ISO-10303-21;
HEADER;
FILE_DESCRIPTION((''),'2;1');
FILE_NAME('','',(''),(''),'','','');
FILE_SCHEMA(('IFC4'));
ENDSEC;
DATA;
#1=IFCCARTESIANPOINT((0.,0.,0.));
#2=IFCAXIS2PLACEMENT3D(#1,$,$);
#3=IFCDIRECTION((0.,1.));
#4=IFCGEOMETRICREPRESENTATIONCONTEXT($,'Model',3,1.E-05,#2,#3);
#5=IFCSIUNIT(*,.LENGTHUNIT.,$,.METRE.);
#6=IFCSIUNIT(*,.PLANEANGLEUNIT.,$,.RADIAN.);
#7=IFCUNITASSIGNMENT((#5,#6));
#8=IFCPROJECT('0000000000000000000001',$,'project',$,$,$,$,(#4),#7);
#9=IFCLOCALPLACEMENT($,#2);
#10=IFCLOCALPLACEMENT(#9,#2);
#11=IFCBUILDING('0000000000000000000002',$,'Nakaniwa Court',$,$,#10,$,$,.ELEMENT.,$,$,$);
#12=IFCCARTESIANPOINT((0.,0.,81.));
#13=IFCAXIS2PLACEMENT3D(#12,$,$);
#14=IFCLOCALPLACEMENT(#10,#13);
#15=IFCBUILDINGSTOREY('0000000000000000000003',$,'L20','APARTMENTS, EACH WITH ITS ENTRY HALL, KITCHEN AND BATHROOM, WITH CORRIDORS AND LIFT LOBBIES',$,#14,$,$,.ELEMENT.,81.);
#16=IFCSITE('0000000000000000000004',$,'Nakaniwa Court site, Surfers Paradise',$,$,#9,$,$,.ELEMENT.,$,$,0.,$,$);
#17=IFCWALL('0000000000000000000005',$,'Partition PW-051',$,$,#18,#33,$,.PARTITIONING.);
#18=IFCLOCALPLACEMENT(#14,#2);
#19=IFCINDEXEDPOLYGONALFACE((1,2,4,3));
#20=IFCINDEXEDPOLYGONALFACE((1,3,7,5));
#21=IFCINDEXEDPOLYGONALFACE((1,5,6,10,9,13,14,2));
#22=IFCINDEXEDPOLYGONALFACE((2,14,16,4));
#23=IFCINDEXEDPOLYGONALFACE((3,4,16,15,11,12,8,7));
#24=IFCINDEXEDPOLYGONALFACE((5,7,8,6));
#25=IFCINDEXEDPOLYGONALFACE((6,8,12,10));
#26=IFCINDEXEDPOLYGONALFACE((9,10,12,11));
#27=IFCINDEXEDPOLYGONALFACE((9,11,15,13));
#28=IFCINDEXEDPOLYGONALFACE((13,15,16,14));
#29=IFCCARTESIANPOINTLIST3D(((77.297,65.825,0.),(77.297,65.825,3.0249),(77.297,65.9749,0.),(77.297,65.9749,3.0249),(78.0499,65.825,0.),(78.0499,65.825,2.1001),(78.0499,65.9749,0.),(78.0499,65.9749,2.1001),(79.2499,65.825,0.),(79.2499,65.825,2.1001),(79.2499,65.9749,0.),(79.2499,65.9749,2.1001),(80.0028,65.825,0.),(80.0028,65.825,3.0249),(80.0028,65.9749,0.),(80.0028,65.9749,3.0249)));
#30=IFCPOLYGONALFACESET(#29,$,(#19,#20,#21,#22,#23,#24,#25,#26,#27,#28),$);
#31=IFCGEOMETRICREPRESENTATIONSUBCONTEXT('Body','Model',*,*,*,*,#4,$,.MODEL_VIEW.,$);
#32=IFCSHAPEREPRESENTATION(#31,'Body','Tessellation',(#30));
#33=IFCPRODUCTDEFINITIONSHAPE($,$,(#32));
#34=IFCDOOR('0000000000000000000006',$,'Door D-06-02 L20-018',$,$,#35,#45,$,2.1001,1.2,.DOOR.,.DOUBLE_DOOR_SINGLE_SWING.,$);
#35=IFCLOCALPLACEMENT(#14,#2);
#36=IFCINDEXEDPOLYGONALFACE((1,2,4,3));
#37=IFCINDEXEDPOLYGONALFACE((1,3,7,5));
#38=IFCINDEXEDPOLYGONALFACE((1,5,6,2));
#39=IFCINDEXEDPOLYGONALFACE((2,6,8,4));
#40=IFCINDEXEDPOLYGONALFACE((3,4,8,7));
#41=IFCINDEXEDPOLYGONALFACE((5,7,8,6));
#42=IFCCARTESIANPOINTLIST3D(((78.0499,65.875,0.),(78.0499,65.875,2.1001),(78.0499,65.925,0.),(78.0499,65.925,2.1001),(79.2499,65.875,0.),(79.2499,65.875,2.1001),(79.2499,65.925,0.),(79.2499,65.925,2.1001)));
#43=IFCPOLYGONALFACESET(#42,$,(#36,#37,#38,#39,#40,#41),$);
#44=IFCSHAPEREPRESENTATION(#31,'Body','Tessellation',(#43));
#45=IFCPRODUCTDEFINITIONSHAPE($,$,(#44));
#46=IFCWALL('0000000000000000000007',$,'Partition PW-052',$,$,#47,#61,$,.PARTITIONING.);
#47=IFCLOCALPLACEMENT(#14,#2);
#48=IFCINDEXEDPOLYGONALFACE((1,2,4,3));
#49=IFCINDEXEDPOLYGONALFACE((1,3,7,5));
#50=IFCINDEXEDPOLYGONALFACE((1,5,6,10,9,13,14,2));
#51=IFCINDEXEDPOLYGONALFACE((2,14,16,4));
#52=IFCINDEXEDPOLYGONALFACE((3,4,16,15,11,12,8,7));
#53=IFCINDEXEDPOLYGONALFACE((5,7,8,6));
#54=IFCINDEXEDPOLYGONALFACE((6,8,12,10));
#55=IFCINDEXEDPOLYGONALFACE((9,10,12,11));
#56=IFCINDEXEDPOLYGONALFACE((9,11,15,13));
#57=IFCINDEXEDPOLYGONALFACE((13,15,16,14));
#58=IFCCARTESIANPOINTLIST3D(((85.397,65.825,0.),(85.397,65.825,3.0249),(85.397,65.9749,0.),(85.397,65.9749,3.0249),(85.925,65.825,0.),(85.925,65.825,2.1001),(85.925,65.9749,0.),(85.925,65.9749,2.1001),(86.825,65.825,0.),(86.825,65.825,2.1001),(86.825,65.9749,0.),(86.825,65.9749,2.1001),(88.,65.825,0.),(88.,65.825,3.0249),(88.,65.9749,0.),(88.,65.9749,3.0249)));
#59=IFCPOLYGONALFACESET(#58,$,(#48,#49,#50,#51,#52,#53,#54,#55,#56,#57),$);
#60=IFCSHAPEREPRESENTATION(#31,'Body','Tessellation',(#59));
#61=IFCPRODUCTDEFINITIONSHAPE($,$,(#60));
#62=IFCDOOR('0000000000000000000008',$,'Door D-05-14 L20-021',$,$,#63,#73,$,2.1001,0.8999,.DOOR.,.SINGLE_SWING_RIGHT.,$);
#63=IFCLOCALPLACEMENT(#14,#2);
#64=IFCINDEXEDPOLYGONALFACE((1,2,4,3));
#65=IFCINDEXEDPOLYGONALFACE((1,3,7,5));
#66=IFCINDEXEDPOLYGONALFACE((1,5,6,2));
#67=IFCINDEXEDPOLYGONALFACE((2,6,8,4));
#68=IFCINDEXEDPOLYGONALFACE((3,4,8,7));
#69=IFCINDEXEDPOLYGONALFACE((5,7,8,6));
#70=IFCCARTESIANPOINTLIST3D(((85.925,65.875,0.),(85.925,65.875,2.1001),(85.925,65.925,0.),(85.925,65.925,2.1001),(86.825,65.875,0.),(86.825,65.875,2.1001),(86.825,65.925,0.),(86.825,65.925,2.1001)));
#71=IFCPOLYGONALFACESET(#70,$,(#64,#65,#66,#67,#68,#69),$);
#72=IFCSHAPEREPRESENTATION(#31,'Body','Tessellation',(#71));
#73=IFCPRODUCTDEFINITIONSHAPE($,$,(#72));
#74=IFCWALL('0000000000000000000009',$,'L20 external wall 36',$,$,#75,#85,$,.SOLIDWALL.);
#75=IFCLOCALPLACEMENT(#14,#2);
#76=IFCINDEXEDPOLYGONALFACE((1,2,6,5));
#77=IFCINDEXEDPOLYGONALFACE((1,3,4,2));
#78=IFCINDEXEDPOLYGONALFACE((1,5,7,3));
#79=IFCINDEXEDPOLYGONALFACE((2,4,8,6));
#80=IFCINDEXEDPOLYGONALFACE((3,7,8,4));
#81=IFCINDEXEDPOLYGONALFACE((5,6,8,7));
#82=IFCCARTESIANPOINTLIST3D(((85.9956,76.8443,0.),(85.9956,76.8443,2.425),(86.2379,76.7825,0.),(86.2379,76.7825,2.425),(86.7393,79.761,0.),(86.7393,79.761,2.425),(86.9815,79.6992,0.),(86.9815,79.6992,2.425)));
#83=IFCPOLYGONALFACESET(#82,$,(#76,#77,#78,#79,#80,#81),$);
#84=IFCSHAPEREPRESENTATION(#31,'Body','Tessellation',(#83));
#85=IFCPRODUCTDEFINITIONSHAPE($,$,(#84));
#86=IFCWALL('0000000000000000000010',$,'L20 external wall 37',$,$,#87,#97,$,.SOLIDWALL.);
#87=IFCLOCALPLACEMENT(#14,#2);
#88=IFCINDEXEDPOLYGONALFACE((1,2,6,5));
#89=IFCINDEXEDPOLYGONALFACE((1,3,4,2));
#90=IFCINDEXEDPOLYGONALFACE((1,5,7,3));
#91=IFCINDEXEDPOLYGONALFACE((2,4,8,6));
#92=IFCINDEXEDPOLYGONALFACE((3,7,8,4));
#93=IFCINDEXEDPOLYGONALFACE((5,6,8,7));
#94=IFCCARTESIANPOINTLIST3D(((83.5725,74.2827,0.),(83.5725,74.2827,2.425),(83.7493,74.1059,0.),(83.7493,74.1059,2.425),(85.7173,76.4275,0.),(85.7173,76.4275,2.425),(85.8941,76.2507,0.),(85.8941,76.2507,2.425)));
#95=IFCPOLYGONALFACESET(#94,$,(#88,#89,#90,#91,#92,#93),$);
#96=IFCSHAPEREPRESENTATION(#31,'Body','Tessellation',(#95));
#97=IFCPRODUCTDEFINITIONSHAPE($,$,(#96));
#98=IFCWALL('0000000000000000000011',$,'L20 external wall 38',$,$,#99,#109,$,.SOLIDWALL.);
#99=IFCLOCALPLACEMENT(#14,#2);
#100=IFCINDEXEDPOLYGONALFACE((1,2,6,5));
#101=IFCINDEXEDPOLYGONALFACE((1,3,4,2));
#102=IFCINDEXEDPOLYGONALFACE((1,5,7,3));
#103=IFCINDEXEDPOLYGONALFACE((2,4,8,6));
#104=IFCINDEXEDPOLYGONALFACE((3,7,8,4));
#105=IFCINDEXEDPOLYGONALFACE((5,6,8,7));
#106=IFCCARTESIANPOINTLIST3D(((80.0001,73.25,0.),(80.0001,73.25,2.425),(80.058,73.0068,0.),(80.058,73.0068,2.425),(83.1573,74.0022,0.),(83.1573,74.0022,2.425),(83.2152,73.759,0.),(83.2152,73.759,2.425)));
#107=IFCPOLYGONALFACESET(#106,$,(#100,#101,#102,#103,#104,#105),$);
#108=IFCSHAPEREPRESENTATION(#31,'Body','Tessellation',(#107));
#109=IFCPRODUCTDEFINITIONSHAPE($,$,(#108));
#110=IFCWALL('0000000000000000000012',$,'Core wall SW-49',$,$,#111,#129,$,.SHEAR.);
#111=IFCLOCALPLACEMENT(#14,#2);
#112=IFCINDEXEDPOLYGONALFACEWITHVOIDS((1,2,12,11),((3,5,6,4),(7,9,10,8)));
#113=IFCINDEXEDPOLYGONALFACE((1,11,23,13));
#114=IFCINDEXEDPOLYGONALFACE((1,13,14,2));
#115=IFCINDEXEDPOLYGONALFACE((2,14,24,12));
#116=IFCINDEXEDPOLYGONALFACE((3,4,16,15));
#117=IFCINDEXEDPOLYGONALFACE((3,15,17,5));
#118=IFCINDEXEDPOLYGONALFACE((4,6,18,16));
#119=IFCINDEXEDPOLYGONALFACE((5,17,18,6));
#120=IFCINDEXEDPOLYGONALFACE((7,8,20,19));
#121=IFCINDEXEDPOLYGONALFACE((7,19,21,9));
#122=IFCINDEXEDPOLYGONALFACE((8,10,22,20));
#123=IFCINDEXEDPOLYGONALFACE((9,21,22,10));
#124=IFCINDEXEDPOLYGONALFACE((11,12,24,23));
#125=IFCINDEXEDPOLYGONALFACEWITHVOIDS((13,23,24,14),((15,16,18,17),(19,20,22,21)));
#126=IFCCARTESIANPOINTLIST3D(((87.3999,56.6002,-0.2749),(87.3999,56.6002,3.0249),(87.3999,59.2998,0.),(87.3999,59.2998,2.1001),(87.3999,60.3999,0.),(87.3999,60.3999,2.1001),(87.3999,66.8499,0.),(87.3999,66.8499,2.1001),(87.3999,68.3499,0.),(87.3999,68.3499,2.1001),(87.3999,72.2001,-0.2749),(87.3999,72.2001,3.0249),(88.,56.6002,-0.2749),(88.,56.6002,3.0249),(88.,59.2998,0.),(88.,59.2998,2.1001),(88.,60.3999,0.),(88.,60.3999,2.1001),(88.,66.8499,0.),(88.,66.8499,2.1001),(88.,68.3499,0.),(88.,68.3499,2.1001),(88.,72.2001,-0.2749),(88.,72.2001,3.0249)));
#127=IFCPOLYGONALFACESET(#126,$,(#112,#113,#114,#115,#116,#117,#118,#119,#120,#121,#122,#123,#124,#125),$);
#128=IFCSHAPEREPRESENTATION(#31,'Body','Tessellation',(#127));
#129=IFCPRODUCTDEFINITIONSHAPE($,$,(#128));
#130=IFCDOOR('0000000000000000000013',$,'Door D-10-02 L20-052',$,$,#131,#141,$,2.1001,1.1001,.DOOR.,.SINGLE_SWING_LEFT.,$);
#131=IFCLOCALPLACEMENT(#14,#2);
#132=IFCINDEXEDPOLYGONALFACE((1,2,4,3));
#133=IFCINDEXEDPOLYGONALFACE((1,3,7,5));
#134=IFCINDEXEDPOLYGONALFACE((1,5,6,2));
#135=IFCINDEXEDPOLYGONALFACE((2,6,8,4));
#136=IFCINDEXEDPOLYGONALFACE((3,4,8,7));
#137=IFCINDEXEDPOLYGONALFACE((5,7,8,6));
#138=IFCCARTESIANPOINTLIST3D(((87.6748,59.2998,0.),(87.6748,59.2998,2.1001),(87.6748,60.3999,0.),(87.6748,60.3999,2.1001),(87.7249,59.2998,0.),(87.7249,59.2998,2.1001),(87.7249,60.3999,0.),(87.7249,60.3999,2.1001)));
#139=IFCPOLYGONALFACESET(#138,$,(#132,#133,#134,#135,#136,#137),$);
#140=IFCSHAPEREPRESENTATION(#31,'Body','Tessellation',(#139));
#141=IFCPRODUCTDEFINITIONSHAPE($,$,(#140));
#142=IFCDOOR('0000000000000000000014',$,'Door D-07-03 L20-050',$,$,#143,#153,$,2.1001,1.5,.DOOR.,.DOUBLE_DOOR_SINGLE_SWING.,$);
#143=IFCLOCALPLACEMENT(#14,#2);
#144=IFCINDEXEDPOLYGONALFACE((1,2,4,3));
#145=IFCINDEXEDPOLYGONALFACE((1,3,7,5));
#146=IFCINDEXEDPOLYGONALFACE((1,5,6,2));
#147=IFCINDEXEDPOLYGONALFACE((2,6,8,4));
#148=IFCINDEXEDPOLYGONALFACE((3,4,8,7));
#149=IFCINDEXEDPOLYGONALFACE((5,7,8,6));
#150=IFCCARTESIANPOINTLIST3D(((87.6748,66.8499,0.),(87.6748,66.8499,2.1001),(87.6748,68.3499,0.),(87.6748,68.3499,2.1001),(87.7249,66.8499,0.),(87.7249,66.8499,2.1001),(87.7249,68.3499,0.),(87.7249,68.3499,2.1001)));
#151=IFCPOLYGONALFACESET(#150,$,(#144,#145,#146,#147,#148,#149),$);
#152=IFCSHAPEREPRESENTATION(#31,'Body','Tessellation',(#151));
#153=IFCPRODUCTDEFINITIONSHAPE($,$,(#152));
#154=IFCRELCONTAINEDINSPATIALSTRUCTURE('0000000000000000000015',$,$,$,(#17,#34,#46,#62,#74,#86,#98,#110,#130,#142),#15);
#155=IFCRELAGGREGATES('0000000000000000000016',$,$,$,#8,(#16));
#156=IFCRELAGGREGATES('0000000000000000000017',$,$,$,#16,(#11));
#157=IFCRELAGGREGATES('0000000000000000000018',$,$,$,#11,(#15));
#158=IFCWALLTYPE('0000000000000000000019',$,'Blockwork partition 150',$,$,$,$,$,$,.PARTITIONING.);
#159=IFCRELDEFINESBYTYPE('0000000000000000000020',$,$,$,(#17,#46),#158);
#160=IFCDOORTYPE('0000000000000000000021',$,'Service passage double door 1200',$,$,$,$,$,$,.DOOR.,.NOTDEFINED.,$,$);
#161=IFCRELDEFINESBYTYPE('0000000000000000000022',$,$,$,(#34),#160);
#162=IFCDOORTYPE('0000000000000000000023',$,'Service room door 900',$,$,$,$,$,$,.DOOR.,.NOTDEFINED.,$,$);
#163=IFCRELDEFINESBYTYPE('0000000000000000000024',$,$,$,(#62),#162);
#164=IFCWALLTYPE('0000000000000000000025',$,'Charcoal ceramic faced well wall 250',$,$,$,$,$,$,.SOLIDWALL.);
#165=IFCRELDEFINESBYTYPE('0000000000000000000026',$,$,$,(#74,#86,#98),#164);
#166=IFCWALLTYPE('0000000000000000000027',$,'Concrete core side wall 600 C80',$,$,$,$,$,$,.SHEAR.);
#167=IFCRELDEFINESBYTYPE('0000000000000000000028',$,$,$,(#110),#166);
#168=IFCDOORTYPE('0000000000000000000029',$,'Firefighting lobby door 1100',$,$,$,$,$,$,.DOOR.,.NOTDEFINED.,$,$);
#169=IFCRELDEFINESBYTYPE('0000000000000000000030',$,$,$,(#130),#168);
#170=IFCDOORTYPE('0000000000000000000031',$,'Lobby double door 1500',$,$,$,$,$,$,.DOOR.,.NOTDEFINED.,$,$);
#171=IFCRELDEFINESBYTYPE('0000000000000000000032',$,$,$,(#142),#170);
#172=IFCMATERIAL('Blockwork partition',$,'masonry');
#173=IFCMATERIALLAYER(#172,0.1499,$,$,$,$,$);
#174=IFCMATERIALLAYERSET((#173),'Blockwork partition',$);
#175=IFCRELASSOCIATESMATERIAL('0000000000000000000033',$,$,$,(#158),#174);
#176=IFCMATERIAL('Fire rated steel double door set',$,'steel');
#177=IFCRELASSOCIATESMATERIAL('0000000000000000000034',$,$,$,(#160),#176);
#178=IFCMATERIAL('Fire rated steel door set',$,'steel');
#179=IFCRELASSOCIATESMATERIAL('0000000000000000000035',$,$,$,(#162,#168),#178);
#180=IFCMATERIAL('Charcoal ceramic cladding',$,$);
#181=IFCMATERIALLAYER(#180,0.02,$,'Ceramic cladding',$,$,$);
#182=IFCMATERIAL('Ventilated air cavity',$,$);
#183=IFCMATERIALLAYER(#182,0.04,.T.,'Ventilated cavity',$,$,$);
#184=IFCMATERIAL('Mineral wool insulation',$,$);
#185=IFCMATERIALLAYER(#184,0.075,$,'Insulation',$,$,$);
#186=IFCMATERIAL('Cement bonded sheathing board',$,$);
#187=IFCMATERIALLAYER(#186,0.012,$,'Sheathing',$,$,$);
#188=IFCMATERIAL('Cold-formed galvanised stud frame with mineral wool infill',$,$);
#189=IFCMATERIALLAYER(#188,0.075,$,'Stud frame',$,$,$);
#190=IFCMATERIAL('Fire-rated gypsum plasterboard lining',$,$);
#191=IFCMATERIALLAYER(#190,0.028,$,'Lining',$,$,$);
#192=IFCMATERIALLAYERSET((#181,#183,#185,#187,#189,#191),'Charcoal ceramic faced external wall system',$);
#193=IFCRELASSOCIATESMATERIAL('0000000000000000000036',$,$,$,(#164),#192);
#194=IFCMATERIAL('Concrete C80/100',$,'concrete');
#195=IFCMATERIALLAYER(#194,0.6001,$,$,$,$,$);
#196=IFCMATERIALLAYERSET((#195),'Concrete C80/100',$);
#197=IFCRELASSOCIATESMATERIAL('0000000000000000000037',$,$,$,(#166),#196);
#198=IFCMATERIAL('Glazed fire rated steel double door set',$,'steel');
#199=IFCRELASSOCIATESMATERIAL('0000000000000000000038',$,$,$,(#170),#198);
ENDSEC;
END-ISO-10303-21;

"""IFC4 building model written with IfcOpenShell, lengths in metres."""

from ifc_helpers import new_model, si_unit, direction, frame, frame_2d, origin, place, context, subcontext, project, spatial, rectangle, extrude, material, layer, layer_set, type_object, element, fill, save


model = new_model("IFC4")

# Units and contexts
model_context = context("Model", 3, precision=1e-05, world=origin(), true_north=direction((0.0, 1.0)))
body_context = subcontext(model_context, "Body", "Model", "MODEL_VIEW")
ifc_project = project(units=[si_unit("LENGTHUNIT", "METRE"), si_unit("PLANEANGLEUNIT", "RADIAN")], contexts=[model_context])

# Site, building, storey
site_placement = place(None, origin())
site = spatial("IfcSite", under=ifc_project, at=site_placement, Name="Nakaniwa Court site, Surfers Paradise", CompositionType="ELEMENT", RefElevation=0.0)
building_placement = place(site_placement, origin())
building = spatial("IfcBuilding", under=site, at=building_placement, Name="Nakaniwa Court", CompositionType="ELEMENT")
storey_placement = place(building_placement, frame((0.0, 0.0, 81.0)))
storey = spatial("IfcBuildingStorey", under=building, at=storey_placement, Name="L20", Description="APARTMENTS, EACH WITH ITS ENTRY HALL, KITCHEN AND BATHROOM, WITH CORRIDORS AND LIFT LOBBIES", CompositionType="ELEMENT", Elevation=81.0)

# Shared definitions
ifc_material_1 = material(Name="Concrete C80/100", Category="concrete")

# Walls, openings, doors
ifc_material_2 = material(Name="Blockwork partition", Category="masonry")
ifc_layer_1 = layer(ifc_material_2, 0.1499)
ifc_layer_set_1 = layer_set([ifc_layer_1], Name="Blockwork partition")
wall_type_1 = type_object("IfcWallType", Name="Blockwork partition 150", PredefinedType="PARTITIONING", material=ifc_layer_set_1)
wall_1_placement = place(storey_placement, frame((80.0029, 65.8999, 0.0), z_axis=(0.0, 0.0, 1.0), x_axis=(-1.0, 0.0, 0.0)))
wall_1 = element("IfcWall", 1, at=wall_1_placement, inside=storey, type_object=wall_type_1, Name="Partition PW-051", PredefinedType="PARTITIONING", context=body_context, shape_type="SweptSolid", body=[
    extrude(rectangle(XDim=2.7058, YDim=0.1499, at=frame_2d((1.353, 0.0))), origin(), (0.0, 0.0, 1.0), 3.0249),
])
opening_1_placement = place(wall_1_placement, frame((0.7529, 0.0, 0.0)))
opening_1 = element("IfcOpeningElement", 2, at=opening_1_placement, cuts=wall_1, PredefinedType="OPENING", context=body_context, shape_type="SweptSolid", body=[
    extrude(rectangle(XDim=1.2, YDim=2.1001, at=frame_2d((0.6001, 1.05))), frame((0.0, 0.085, 0.0), z_axis=(0.0, -1.0, 0.0), x_axis=(1.0, 0.0, 0.0)), (0.0, 0.0, 1.0), 0.1699),
])
ifc_material_3 = material(Name="Fire rated steel double door set", Category="steel")
door_type_1 = type_object("IfcDoorType", Name="Service passage double door 1200", OperationType="NOTDEFINED", PredefinedType="DOOR", material=ifc_material_3)
door_1_placement = place(opening_1_placement, origin())
door_1 = element("IfcDoor", 3, at=door_1_placement, inside=storey, type_object=door_type_1, Name="Door D-06-02 L20-018", OperationType="DOUBLE_DOOR_SINGLE_SWING", OverallHeight=2.1001, OverallWidth=1.2, PredefinedType="DOOR", context=body_context, shape_type="SweptSolid", body=[
    extrude(rectangle(XDim=1.2, YDim=2.1001, at=frame_2d((0.6001, 1.05))), frame((0.0, 0.0249, 0.0), z_axis=(0.0, -1.0, 0.0), x_axis=(1.0, 0.0, 0.0)), (0.0, 0.0, 1.0), 0.05),
])
fill(opening_1, door_1)
wall_2_placement = place(storey_placement, frame((88.0, 65.8999, 0.0), z_axis=(0.0, 0.0, 1.0), x_axis=(-1.0, 0.0, 0.0)))
wall_2 = element("IfcWall", 4, at=wall_2_placement, inside=storey, type_object=wall_type_1, Name="Partition PW-052", PredefinedType="PARTITIONING", context=body_context, shape_type="SweptSolid", body=[
    extrude(rectangle(XDim=2.603, YDim=0.1499, at=frame_2d((1.3015, 0.0))), origin(), (0.0, 0.0, 1.0), 3.0249),
])
opening_2_placement = place(wall_2_placement, frame((1.175, 0.0, 0.0)))
opening_2 = element("IfcOpeningElement", 5, at=opening_2_placement, cuts=wall_2, PredefinedType="OPENING", context=body_context, shape_type="SweptSolid", body=[
    extrude(rectangle(XDim=0.8999, YDim=2.1001, at=frame_2d((0.45, 1.05))), frame((0.0, 0.085, 0.0), z_axis=(0.0, -1.0, 0.0), x_axis=(1.0, 0.0, 0.0)), (0.0, 0.0, 1.0), 0.1699),
])
ifc_material_4 = material(Name="Fire rated steel door set", Category="steel")
door_type_2 = type_object("IfcDoorType", Name="Service room door 900", OperationType="NOTDEFINED", PredefinedType="DOOR", material=ifc_material_4)
door_2_placement = place(opening_2_placement, origin())
door_2 = element("IfcDoor", 6, at=door_2_placement, inside=storey, type_object=door_type_2, Name="Door D-05-14 L20-021", OperationType="SINGLE_SWING_RIGHT", OverallHeight=2.1001, OverallWidth=0.8999, PredefinedType="DOOR", context=body_context, shape_type="SweptSolid", body=[
    extrude(rectangle(XDim=0.8999, YDim=2.1001, at=frame_2d((0.45, 1.05))), frame((0.0, 0.0249, 0.0), z_axis=(0.0, -1.0, 0.0), x_axis=(1.0, 0.0, 0.0)), (0.0, 0.0, 1.0), 0.05),
])
fill(opening_2, door_2)

# Walls
ifc_material_5 = material(Name="Charcoal ceramic cladding")
ifc_layer_2 = layer(ifc_material_5, 0.02, Name="Ceramic cladding")
ifc_material_6 = material(Name="Ventilated air cavity")
ifc_layer_3 = layer(ifc_material_6, 0.04, ventilated=True, Name="Ventilated cavity")
ifc_material_7 = material(Name="Mineral wool insulation")
ifc_layer_4 = layer(ifc_material_7, 0.075, Name="Insulation")
ifc_material_8 = material(Name="Cement bonded sheathing board")
ifc_layer_5 = layer(ifc_material_8, 0.012, Name="Sheathing")
ifc_material_9 = material(Name="Cold-formed galvanised stud frame with mineral wool infill")
ifc_layer_6 = layer(ifc_material_9, 0.075, Name="Stud frame")
ifc_material_10 = material(Name="Fire-rated gypsum plasterboard lining")
ifc_layer_7 = layer(ifc_material_10, 0.028, Name="Lining")
ifc_layer_set_2 = layer_set([ifc_layer_2, ifc_layer_3, ifc_layer_4, ifc_layer_5, ifc_layer_6, ifc_layer_7], Name="Charcoal ceramic faced external wall system")
wall_type_2 = type_object("IfcWallType", Name="Charcoal ceramic faced well wall 250", PredefinedType="SOLIDWALL", material=ifc_layer_set_2)
wall_3_placement = place(storey_placement, frame((86.8604, 79.73, 0.0), z_axis=(0.0, 0.0, 1.0), x_axis=(-0.247056, -0.969001, 0.0)))
element("IfcWall", 7, at=wall_3_placement, inside=storey, type_object=wall_type_2, Name="L20 external wall 36", PredefinedType="SOLIDWALL", context=body_context, shape_type="SweptSolid", body=[
    extrude(rectangle(XDim=3.01, YDim=0.25, at=frame_2d((1.5049, 0.0))), origin(), (0.0, 0.0, 1.0), 2.425),
])
wall_4_placement = place(storey_placement, frame((85.8057, 76.3391, 0.0), z_axis=(0.0, 0.0, 1.0), x_axis=(-0.707107, -0.707107, 0.0)))
element("IfcWall", 8, at=wall_4_placement, inside=storey, type_object=wall_type_2, Name="L20 external wall 37", PredefinedType="SOLIDWALL", context=body_context, shape_type="SweptSolid", body=[
    extrude(rectangle(XDim=3.0332, YDim=0.25, at=frame_2d((1.5166, 0.0))), origin(), (0.0, 0.0, 1.0), 2.425),
])
wall_5_placement = place(storey_placement, frame((83.1863, 73.8806, 0.0), z_axis=(0.0, 0.0, 1.0), x_axis=(-0.972773, -0.23176, 0.0)))
element("IfcWall", 9, at=wall_5_placement, inside=storey, type_object=wall_type_2, Name="L20 external wall 38", PredefinedType="SOLIDWALL", context=body_context, shape_type="SweptSolid", body=[
    extrude(rectangle(XDim=3.2456, YDim=0.25, at=frame_2d((1.6228, 0.0))), origin(), (0.0, 0.0, 1.0), 2.425),
])

# Wall, openings, doors
ifc_layer_8 = layer(ifc_material_1, 0.6001)
ifc_layer_set_3 = layer_set([ifc_layer_8], Name="Concrete C80/100")
wall_type_3 = type_object("IfcWallType", Name="Concrete core side wall 600 C80", PredefinedType="SHEAR", material=ifc_layer_set_3)
wall_6_placement = place(storey_placement, frame((87.7, 72.2, -0.2749), z_axis=(0.0, 0.0, 1.0), x_axis=(0.0, -1.0, 0.0)))
wall_6 = element("IfcWall", 10, at=wall_6_placement, inside=storey, type_object=wall_type_3, Name="Core wall SW-49", PredefinedType="SHEAR", context=body_context, shape_type="SweptSolid", body=[
    extrude(rectangle(XDim=15.5999, YDim=0.6001, at=frame_2d((7.7998, 0.0))), origin(), (0.0, 0.0, 1.0), 3.2998),
])
opening_3_placement = place(wall_6_placement, frame((3.8501, 0.0, 0.2749)))
opening_3 = element("IfcOpeningElement", 11, at=opening_3_placement, cuts=wall_6, PredefinedType="OPENING", context=body_context, shape_type="SweptSolid", body=[
    extrude(rectangle(XDim=1.5, YDim=2.1001, at=frame_2d((0.75, 1.05))), frame((0.0, 0.3101, 0.0), z_axis=(0.0, -1.0, 0.0), x_axis=(1.0, 0.0, 0.0)), (0.0, 0.0, 1.0), 0.6201),
])
opening_4_placement = place(wall_6_placement, frame((11.8, 0.0, 0.2749)))
opening_4 = element("IfcOpeningElement", 12, at=opening_4_placement, cuts=wall_6, PredefinedType="OPENING", context=body_context, shape_type="SweptSolid", body=[
    extrude(rectangle(XDim=1.1001, YDim=2.1001, at=frame_2d((0.55, 1.05))), frame((0.0, 0.3101, 0.0), z_axis=(0.0, -1.0, 0.0), x_axis=(1.0, 0.0, 0.0)), (0.0, 0.0, 1.0), 0.6201),
])
door_type_3 = type_object("IfcDoorType", Name="Firefighting lobby door 1100", OperationType="NOTDEFINED", PredefinedType="DOOR", material=ifc_material_4)
door_3_placement = place(opening_4_placement, origin())
door_3 = element("IfcDoor", 13, at=door_3_placement, inside=storey, type_object=door_type_3, Name="Door D-10-02 L20-052", OperationType="SINGLE_SWING_LEFT", OverallHeight=2.1001, OverallWidth=1.1001, PredefinedType="DOOR", context=body_context, shape_type="SweptSolid", body=[
    extrude(rectangle(XDim=1.1001, YDim=2.1001, at=frame_2d((0.55, 1.05))), frame((0.0, 0.0249, 0.0), z_axis=(0.0, -1.0, 0.0), x_axis=(1.0, 0.0, 0.0)), (0.0, 0.0, 1.0), 0.05),
])
fill(opening_4, door_3)
ifc_material_11 = material(Name="Glazed fire rated steel double door set", Category="steel")
door_type_4 = type_object("IfcDoorType", Name="Lobby double door 1500", OperationType="NOTDEFINED", PredefinedType="DOOR", material=ifc_material_11)
door_4_placement = place(opening_3_placement, origin())
door_4 = element("IfcDoor", 14, at=door_4_placement, inside=storey, type_object=door_type_4, Name="Door D-07-03 L20-050", OperationType="DOUBLE_DOOR_SINGLE_SWING", OverallHeight=2.1001, OverallWidth=1.5, PredefinedType="DOOR", context=body_context, shape_type="SweptSolid", body=[
    extrude(rectangle(XDim=1.5, YDim=2.1001, at=frame_2d((0.75, 1.05))), frame((0.0, 0.0249, 0.0), z_axis=(0.0, -1.0, 0.0), x_axis=(1.0, 0.0, 0.0)), (0.0, 0.0, 1.0), 0.05),
])
fill(opening_3, door_4)

save(model, "model.ifc")
